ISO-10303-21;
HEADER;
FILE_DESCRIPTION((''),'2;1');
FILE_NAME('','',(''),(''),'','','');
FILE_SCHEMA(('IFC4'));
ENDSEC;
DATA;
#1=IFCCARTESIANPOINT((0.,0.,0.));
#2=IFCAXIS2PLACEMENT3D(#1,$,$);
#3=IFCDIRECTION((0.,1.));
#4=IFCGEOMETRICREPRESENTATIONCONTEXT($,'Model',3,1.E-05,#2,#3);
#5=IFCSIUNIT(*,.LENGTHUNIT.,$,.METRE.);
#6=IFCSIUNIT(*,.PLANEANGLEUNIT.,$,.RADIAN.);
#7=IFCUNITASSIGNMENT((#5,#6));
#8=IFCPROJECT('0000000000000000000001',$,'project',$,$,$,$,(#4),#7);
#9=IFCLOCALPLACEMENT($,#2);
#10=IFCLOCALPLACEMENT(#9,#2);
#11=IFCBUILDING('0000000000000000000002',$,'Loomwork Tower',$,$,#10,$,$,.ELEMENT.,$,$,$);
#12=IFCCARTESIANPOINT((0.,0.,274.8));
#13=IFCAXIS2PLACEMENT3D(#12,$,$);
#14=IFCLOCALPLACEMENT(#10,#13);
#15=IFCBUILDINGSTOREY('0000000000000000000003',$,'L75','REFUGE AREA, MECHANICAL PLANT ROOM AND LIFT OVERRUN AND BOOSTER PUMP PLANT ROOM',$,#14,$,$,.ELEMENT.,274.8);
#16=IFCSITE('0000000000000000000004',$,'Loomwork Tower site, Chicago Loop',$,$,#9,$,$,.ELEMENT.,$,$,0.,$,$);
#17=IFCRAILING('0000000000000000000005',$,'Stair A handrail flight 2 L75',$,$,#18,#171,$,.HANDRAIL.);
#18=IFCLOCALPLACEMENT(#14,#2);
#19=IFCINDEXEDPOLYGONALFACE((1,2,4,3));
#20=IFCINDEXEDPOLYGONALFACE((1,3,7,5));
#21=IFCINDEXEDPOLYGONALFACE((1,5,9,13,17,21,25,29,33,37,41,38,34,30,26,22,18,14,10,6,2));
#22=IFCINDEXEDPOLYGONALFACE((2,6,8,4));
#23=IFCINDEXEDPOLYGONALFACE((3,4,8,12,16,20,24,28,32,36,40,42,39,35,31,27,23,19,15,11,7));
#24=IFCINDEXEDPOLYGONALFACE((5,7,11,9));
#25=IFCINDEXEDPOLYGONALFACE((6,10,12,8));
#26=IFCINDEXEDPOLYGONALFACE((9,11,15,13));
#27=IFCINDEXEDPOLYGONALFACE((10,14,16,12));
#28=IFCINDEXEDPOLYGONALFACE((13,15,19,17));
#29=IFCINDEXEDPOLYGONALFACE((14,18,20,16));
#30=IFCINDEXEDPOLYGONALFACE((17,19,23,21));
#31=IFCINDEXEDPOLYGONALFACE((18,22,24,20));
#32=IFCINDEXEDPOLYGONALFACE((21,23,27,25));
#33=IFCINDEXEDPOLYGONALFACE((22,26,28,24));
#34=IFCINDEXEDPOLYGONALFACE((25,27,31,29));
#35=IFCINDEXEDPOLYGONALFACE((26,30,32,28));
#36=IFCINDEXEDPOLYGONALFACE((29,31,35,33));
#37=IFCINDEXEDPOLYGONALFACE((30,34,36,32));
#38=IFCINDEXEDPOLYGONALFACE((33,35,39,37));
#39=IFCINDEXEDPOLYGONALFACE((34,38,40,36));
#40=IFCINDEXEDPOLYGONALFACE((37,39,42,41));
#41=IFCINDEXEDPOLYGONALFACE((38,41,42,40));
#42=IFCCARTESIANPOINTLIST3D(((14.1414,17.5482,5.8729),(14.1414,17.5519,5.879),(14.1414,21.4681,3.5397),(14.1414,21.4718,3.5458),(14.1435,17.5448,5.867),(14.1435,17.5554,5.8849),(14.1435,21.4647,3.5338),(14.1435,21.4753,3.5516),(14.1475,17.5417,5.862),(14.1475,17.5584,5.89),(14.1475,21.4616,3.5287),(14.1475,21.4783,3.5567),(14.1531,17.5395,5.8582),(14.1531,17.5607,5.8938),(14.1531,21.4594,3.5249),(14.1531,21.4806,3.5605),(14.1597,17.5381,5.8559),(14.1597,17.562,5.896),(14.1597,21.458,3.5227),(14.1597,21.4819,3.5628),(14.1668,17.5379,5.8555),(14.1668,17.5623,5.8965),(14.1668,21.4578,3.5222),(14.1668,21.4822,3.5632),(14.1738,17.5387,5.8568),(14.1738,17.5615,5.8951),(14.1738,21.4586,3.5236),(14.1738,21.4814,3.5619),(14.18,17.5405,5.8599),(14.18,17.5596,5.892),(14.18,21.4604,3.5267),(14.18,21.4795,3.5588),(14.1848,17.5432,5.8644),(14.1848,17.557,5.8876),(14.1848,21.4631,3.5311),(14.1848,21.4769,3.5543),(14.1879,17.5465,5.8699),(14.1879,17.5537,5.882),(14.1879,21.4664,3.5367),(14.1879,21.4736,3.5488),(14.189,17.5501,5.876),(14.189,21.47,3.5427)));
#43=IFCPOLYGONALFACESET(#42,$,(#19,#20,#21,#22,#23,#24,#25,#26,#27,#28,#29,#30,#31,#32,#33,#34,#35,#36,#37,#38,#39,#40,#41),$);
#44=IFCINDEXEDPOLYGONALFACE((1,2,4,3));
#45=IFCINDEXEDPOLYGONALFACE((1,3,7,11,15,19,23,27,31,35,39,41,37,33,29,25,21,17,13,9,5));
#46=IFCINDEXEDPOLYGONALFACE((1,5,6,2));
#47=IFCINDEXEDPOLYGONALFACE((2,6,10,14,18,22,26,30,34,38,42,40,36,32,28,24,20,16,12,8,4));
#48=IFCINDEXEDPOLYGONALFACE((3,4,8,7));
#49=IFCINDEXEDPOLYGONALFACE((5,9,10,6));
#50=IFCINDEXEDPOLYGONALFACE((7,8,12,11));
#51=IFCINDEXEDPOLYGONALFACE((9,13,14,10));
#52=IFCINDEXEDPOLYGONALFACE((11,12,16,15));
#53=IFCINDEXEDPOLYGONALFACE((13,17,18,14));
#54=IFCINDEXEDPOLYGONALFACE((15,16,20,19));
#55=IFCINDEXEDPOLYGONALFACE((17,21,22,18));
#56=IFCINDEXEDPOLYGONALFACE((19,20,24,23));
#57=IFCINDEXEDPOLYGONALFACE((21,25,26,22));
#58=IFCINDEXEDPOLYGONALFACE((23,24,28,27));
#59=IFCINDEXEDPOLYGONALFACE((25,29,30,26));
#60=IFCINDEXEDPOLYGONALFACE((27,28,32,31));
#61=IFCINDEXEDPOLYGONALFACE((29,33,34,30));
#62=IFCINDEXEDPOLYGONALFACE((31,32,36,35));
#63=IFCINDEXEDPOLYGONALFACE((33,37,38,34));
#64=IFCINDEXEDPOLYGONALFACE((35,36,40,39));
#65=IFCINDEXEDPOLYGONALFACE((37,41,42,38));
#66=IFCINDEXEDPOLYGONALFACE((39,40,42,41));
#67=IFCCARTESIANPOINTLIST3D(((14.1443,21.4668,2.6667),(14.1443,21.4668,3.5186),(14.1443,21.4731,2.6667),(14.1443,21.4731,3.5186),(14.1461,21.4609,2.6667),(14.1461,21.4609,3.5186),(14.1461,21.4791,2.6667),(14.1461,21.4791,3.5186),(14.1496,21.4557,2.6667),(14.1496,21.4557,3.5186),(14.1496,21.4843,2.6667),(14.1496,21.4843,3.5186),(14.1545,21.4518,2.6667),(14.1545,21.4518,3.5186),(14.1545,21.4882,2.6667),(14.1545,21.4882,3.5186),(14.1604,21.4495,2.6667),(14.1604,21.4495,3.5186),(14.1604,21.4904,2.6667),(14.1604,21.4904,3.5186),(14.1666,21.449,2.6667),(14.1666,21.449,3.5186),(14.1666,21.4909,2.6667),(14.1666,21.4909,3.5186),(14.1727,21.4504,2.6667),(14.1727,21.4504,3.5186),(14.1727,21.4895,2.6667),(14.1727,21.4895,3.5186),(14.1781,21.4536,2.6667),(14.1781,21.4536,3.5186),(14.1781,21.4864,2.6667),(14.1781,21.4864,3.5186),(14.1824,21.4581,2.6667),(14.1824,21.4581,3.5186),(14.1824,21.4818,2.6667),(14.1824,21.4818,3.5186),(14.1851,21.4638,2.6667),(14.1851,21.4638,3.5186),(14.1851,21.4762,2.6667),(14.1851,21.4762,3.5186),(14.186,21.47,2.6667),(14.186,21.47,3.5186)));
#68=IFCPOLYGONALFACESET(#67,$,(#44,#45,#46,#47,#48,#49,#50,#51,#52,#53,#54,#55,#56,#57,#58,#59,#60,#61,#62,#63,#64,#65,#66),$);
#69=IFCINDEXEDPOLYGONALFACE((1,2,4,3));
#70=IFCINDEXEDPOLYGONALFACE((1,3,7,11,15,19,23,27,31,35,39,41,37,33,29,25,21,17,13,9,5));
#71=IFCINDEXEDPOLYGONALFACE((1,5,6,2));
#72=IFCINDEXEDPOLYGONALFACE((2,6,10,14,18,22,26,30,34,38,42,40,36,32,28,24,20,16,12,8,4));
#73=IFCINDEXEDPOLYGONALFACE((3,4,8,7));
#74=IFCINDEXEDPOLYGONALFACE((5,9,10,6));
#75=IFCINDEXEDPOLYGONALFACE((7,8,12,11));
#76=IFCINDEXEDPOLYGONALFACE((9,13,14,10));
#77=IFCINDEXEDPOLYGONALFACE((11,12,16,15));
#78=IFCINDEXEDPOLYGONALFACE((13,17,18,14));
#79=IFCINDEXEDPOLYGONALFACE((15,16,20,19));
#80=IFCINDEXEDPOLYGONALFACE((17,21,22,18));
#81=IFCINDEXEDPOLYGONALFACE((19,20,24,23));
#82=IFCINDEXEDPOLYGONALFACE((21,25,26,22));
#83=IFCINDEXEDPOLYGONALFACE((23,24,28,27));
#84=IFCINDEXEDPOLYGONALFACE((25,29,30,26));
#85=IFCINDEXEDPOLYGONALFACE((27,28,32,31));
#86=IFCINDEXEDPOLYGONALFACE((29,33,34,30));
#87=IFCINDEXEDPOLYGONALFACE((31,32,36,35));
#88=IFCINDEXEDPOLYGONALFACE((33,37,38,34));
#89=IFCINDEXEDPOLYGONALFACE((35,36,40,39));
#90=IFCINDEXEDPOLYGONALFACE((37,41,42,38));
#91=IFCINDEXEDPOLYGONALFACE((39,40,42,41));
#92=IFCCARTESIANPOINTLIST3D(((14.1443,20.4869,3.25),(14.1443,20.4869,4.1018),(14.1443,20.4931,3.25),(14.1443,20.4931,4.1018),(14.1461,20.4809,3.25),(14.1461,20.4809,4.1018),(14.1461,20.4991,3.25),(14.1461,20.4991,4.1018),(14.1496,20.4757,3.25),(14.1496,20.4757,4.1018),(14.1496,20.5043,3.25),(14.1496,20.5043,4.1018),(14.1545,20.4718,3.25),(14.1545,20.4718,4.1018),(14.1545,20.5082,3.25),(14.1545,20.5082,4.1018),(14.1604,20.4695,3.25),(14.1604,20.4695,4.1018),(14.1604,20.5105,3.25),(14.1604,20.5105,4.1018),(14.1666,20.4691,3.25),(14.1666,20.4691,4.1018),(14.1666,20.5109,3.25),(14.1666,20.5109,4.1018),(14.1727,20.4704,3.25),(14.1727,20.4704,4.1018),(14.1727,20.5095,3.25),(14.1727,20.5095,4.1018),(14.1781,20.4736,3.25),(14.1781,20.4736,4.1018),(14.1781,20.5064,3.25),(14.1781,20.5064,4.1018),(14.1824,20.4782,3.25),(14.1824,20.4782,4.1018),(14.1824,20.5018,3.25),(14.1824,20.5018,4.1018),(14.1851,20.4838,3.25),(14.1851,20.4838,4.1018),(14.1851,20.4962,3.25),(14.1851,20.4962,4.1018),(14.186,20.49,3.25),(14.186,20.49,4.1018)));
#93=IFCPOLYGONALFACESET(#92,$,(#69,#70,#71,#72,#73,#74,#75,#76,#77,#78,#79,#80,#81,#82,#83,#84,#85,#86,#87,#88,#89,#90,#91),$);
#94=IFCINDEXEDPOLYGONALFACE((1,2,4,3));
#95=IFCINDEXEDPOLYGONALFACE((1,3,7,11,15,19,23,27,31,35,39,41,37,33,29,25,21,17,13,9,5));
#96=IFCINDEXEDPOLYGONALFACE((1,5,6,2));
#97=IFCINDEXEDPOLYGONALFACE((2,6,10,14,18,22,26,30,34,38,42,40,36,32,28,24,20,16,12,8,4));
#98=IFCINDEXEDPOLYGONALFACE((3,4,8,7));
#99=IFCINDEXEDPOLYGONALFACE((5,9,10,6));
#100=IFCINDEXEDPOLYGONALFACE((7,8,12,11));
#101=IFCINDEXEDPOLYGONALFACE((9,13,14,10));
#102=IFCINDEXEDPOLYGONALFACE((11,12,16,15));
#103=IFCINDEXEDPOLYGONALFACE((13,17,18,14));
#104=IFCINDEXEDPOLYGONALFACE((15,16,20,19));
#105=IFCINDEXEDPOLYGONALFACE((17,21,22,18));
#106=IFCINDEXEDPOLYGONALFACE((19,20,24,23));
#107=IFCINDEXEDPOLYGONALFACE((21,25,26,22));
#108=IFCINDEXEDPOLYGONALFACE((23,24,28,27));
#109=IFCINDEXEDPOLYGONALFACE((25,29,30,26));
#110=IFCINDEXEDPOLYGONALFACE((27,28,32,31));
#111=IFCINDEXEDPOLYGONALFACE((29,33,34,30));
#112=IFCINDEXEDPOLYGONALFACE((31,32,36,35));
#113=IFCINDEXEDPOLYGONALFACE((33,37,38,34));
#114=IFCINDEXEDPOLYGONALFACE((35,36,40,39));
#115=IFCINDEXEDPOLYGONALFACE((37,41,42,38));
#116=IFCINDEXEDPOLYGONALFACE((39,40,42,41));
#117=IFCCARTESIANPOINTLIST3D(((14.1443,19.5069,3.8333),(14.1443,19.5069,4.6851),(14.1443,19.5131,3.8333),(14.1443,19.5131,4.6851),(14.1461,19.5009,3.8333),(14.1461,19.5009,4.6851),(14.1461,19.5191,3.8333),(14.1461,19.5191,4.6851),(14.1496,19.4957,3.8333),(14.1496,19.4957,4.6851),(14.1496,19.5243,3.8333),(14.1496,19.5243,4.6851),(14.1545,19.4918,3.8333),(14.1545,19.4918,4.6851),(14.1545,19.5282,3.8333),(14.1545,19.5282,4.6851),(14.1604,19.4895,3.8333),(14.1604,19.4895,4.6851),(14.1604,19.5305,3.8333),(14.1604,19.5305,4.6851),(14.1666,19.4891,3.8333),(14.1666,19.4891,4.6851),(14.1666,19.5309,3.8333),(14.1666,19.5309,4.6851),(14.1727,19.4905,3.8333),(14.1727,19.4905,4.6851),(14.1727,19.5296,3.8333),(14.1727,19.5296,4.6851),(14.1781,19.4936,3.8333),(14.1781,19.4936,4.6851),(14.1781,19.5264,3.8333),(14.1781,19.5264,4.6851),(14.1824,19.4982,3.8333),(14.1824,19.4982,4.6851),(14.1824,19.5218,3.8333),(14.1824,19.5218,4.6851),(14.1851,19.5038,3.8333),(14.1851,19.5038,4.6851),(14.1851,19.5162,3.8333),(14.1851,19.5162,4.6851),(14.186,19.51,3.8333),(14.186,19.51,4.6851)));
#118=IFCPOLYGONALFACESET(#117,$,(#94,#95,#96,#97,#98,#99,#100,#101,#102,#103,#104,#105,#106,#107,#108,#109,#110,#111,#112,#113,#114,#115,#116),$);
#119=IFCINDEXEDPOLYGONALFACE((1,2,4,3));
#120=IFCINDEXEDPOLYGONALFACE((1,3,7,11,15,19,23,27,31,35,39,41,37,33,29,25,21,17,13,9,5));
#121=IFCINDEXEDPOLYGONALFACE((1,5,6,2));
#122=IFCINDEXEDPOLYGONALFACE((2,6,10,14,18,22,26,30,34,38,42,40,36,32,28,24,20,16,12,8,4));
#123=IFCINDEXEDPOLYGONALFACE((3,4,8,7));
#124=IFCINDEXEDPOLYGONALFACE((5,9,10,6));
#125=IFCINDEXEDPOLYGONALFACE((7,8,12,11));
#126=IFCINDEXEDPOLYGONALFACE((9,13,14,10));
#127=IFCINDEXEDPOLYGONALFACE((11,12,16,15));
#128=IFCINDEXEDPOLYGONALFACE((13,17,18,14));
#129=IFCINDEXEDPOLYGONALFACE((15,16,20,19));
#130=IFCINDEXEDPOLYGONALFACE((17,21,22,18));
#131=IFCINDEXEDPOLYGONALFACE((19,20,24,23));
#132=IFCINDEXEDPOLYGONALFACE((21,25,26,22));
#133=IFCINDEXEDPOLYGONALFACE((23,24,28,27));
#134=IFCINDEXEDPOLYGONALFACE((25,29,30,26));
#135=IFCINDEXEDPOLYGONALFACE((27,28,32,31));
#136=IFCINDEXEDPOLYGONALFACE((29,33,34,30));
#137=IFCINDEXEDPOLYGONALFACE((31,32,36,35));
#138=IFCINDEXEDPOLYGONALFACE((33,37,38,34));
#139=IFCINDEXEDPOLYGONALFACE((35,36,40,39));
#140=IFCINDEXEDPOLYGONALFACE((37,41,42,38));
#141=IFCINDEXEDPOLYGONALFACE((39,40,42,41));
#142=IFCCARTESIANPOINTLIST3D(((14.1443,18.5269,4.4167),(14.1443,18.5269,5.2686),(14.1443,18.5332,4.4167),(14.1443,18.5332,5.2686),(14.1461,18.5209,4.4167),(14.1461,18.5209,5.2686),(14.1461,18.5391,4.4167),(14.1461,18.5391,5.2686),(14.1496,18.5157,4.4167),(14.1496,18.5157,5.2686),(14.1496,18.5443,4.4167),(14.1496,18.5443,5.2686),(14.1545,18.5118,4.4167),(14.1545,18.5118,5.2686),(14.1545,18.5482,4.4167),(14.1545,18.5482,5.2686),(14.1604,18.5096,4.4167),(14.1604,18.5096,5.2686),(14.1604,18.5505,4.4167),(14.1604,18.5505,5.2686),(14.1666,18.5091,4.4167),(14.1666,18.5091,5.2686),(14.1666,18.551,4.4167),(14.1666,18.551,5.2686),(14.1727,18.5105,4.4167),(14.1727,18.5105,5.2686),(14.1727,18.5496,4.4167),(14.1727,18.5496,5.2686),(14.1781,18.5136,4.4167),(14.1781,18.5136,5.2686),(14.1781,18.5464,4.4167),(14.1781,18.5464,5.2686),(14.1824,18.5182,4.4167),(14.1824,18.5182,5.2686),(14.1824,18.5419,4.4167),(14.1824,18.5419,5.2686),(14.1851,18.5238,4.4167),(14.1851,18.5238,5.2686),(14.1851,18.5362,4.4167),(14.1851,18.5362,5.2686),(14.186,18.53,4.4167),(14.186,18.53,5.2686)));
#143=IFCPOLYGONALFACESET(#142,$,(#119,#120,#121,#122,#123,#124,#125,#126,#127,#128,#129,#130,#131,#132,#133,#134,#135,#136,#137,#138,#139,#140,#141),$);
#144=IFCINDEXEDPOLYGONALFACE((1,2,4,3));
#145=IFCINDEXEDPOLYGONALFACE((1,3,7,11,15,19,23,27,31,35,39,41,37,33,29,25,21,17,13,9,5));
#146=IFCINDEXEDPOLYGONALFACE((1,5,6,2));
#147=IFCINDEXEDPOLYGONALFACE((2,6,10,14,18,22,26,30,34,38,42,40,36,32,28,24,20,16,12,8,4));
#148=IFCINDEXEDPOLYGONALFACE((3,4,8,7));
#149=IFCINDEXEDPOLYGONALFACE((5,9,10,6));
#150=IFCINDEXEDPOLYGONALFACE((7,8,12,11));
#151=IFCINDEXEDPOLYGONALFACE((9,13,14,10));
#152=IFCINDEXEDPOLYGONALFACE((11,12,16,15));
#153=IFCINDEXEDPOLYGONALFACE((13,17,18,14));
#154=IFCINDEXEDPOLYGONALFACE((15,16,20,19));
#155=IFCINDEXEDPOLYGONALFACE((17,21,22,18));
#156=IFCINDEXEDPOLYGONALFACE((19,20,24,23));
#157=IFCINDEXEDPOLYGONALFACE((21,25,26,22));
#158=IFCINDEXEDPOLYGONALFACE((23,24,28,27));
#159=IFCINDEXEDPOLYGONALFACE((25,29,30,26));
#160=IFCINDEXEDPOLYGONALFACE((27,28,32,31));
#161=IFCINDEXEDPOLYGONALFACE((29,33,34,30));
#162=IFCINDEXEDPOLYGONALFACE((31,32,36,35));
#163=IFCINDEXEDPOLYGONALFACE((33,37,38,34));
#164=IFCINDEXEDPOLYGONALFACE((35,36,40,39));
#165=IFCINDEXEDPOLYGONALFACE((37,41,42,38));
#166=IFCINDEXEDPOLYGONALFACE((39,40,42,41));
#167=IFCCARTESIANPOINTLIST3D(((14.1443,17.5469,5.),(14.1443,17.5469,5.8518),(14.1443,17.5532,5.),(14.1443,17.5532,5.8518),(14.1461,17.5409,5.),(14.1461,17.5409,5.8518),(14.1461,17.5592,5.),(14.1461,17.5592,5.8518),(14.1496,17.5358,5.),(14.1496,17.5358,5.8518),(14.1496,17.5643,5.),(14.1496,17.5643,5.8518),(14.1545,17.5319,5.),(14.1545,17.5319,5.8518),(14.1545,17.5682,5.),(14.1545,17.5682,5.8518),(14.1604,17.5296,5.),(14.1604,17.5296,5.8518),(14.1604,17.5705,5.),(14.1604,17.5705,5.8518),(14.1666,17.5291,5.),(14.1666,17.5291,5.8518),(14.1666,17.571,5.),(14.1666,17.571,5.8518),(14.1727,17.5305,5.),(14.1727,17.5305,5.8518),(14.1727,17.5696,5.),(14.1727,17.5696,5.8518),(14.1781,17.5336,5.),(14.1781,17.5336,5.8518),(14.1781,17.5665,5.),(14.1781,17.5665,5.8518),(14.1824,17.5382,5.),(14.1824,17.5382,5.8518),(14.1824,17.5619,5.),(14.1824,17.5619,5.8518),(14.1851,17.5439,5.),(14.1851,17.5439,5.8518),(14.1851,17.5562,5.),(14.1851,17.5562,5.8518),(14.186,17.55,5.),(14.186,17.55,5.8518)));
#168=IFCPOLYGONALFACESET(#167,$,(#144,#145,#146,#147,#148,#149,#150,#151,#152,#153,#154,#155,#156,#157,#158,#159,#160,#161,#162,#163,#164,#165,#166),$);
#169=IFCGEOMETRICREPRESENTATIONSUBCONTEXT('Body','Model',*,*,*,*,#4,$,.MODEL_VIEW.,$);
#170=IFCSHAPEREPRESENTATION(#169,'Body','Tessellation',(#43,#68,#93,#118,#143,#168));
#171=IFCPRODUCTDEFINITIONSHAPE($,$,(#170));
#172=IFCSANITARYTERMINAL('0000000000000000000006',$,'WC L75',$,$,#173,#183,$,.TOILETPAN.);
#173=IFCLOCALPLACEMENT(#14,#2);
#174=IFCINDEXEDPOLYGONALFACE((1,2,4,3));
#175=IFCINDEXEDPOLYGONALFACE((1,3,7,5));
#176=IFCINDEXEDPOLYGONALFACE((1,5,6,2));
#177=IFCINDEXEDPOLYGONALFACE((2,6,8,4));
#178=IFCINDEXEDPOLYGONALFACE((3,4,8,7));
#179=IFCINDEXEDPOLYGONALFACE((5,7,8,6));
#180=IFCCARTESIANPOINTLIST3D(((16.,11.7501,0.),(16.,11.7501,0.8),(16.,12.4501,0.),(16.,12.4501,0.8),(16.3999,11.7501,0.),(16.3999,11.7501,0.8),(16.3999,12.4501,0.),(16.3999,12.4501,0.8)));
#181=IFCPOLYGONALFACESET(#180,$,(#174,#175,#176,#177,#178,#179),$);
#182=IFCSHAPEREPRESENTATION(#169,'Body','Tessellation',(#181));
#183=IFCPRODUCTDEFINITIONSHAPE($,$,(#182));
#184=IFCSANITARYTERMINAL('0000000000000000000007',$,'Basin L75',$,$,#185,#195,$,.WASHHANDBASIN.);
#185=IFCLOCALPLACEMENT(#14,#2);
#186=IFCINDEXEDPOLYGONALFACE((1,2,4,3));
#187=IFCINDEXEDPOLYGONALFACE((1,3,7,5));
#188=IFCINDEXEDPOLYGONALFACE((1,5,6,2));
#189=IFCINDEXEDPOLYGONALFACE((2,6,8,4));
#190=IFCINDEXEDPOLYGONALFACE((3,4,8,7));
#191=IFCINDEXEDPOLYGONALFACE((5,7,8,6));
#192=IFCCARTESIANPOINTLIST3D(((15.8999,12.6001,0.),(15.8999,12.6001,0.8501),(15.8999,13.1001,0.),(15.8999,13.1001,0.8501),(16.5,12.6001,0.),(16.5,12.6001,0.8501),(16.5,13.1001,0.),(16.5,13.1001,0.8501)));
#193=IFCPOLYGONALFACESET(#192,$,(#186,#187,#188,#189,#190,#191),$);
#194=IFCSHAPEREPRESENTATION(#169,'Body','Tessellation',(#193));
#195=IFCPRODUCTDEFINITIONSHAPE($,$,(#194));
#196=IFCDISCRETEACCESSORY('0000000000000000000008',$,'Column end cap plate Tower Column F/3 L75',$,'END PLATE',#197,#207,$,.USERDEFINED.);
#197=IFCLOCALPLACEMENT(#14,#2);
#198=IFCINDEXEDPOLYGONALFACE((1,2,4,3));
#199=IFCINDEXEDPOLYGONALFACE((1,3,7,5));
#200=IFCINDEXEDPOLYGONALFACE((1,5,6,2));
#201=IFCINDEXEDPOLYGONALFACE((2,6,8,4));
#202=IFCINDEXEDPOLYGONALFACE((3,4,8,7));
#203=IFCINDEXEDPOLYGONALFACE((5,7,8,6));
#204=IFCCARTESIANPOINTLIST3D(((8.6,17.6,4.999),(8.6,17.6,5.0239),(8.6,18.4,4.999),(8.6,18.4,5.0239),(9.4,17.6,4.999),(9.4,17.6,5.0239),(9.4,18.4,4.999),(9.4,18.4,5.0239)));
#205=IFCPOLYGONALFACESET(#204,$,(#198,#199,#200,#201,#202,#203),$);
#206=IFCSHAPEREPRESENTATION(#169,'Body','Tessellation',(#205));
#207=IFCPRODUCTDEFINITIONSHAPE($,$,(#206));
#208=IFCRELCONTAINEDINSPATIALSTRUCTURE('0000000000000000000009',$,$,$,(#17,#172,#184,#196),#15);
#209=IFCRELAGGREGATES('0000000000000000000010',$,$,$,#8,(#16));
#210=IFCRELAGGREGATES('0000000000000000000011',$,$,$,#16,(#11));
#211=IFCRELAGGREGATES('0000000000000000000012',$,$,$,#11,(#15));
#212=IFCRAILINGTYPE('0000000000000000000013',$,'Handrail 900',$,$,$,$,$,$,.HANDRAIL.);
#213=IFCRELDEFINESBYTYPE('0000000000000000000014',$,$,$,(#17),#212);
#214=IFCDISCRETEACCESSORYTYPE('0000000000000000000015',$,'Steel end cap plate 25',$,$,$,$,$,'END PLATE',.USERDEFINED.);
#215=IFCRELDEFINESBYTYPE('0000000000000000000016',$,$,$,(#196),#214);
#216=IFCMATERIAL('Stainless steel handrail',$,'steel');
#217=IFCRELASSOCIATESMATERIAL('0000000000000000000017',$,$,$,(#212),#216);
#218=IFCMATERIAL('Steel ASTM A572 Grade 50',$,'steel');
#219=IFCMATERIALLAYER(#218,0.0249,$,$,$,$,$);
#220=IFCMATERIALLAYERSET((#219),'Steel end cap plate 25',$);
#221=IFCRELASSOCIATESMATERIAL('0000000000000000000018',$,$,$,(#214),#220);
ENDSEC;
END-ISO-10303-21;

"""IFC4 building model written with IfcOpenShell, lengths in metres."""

from ifc_helpers import new_model, si_unit, direction, frame, origin, origin_2d, place, context, subcontext, project, spatial, rectangle, circle, extrude, material, layer, layer_set, type_object, element, save


model = new_model("IFC4")

# Units and contexts
model_context = context("Model", 3, precision=1e-05, world=origin(), true_north=direction((0.0, 1.0)))
body_context = subcontext(model_context, "Body", "Model", "MODEL_VIEW")
ifc_project = project(units=[si_unit("LENGTHUNIT", "METRE"), si_unit("PLANEANGLEUNIT", "RADIAN")], contexts=[model_context])

# Site, building, storey
site_placement = place(None, origin())
site = spatial("IfcSite", under=ifc_project, at=site_placement, Name="Loomwork Tower site, Chicago Loop", CompositionType="ELEMENT", RefElevation=0.0)
building_placement = place(site_placement, origin())
building = spatial("IfcBuilding", under=site, at=building_placement, Name="Loomwork Tower", CompositionType="ELEMENT")
storey_placement = place(building_placement, frame((0.0, 0.0, 274.8)))
storey = spatial("IfcBuildingStorey", under=building, at=storey_placement, Name="L75", Description="REFUGE AREA, MECHANICAL PLANT ROOM AND LIFT OVERRUN AND BOOSTER PUMP PLANT ROOM", CompositionType="ELEMENT", Elevation=274.8)

# Railing
ifc_material_1 = material(Name="Stainless steel handrail", Category="steel")
railing_type = type_object("IfcRailingType", Name="Handrail 900", PredefinedType="HANDRAIL", material=ifc_material_1)
railing_1_placement = place(storey_placement, frame((14.165, 21.47, 2.6667)))
element("IfcRailing", 1, at=railing_1_placement, inside=storey, type_object=railing_type, Name="Stair A handrail flight 2 L75", PredefinedType="HANDRAIL", context=body_context, shape_type="SweptSolid", body=[
    extrude(circle(Radius=0.0239, at=origin_2d()), frame((0.0, 0.0, 0.876), z_axis=(0.0, -0.859296, 0.511478), x_axis=(1.0, 0.0, 0.0)), (0.0, 0.0, 1.0), 4.5618),
    extrude(circle(Radius=0.021, at=origin_2d()), origin(), (0.0, 0.0, 1.0), 0.8518),
    extrude(circle(Radius=0.021, at=origin_2d()), frame((0.0, -0.98, 0.5833)), (0.0, 0.0, 1.0), 0.8518),
    extrude(circle(Radius=0.021, at=origin_2d()), frame((0.0, -1.96, 1.1665)), (0.0, 0.0, 1.0), 0.8518),
    extrude(circle(Radius=0.021, at=origin_2d()), frame((0.0, -2.9399, 1.75)), (0.0, 0.0, 1.0), 0.8518),
    extrude(circle(Radius=0.021, at=origin_2d()), frame((0.0, -3.9199, 2.3333)), (0.0, 0.0, 1.0), 0.8518),
])

# Sanitary terminals
sanitary_terminal_1_placement = place(storey_placement, frame((16.2, 12.1001, 0.0), z_axis=(0.0, 0.0, 1.0), x_axis=(1.0, 0.0, 0.0)))
element("IfcSanitaryTerminal", 2, at=sanitary_terminal_1_placement, inside=storey, Name="WC L75", PredefinedType="TOILETPAN", context=body_context, shape_type="SweptSolid", body=[
    extrude(rectangle(XDim=0.3999, YDim=0.7, at=origin_2d()), origin(), (0.0, 0.0, 1.0), 0.8),
])
sanitary_terminal_2_placement = place(storey_placement, frame((16.2, 12.8501, 0.0), z_axis=(0.0, 0.0, 1.0), x_axis=(1.0, 0.0, 0.0)))
element("IfcSanitaryTerminal", 3, at=sanitary_terminal_2_placement, inside=storey, Name="Basin L75", PredefinedType="WASHHANDBASIN", context=body_context, shape_type="SweptSolid", body=[
    extrude(rectangle(XDim=0.6001, YDim=0.5, at=origin_2d()), origin(), (0.0, 0.0, 1.0), 0.8501),
])

# Discrete accessory
ifc_material_2 = material(Name="Steel ASTM A572 Grade 50", Category="steel")
ifc_layer_1 = layer(ifc_material_2, 0.0249)
ifc_layer_set_1 = layer_set([ifc_layer_1], Name="Steel end cap plate 25")
discrete_accessory_type = type_object("IfcDiscreteAccessoryType", Name="Steel end cap plate 25", ElementType="END PLATE", PredefinedType="USERDEFINED", material=ifc_layer_set_1)
discrete_accessory_placement = place(storey_placement, frame((9.0, 18.0, 4.999), z_axis=(0.0, 0.0, 1.0), x_axis=(1.0, 0.0, 0.0)))
element("IfcDiscreteAccessory", 4, at=discrete_accessory_placement, inside=storey, type_object=discrete_accessory_type, Name="Column end cap plate Tower Column F/3 L75", ObjectType="END PLATE", PredefinedType="USERDEFINED", context=body_context, shape_type="SweptSolid", body=[
    extrude(rectangle(XDim=0.8, YDim=0.8, at=origin_2d()), origin(), (0.0, 0.0, 1.0), 0.0249),
])

save(model, "model.ifc")
